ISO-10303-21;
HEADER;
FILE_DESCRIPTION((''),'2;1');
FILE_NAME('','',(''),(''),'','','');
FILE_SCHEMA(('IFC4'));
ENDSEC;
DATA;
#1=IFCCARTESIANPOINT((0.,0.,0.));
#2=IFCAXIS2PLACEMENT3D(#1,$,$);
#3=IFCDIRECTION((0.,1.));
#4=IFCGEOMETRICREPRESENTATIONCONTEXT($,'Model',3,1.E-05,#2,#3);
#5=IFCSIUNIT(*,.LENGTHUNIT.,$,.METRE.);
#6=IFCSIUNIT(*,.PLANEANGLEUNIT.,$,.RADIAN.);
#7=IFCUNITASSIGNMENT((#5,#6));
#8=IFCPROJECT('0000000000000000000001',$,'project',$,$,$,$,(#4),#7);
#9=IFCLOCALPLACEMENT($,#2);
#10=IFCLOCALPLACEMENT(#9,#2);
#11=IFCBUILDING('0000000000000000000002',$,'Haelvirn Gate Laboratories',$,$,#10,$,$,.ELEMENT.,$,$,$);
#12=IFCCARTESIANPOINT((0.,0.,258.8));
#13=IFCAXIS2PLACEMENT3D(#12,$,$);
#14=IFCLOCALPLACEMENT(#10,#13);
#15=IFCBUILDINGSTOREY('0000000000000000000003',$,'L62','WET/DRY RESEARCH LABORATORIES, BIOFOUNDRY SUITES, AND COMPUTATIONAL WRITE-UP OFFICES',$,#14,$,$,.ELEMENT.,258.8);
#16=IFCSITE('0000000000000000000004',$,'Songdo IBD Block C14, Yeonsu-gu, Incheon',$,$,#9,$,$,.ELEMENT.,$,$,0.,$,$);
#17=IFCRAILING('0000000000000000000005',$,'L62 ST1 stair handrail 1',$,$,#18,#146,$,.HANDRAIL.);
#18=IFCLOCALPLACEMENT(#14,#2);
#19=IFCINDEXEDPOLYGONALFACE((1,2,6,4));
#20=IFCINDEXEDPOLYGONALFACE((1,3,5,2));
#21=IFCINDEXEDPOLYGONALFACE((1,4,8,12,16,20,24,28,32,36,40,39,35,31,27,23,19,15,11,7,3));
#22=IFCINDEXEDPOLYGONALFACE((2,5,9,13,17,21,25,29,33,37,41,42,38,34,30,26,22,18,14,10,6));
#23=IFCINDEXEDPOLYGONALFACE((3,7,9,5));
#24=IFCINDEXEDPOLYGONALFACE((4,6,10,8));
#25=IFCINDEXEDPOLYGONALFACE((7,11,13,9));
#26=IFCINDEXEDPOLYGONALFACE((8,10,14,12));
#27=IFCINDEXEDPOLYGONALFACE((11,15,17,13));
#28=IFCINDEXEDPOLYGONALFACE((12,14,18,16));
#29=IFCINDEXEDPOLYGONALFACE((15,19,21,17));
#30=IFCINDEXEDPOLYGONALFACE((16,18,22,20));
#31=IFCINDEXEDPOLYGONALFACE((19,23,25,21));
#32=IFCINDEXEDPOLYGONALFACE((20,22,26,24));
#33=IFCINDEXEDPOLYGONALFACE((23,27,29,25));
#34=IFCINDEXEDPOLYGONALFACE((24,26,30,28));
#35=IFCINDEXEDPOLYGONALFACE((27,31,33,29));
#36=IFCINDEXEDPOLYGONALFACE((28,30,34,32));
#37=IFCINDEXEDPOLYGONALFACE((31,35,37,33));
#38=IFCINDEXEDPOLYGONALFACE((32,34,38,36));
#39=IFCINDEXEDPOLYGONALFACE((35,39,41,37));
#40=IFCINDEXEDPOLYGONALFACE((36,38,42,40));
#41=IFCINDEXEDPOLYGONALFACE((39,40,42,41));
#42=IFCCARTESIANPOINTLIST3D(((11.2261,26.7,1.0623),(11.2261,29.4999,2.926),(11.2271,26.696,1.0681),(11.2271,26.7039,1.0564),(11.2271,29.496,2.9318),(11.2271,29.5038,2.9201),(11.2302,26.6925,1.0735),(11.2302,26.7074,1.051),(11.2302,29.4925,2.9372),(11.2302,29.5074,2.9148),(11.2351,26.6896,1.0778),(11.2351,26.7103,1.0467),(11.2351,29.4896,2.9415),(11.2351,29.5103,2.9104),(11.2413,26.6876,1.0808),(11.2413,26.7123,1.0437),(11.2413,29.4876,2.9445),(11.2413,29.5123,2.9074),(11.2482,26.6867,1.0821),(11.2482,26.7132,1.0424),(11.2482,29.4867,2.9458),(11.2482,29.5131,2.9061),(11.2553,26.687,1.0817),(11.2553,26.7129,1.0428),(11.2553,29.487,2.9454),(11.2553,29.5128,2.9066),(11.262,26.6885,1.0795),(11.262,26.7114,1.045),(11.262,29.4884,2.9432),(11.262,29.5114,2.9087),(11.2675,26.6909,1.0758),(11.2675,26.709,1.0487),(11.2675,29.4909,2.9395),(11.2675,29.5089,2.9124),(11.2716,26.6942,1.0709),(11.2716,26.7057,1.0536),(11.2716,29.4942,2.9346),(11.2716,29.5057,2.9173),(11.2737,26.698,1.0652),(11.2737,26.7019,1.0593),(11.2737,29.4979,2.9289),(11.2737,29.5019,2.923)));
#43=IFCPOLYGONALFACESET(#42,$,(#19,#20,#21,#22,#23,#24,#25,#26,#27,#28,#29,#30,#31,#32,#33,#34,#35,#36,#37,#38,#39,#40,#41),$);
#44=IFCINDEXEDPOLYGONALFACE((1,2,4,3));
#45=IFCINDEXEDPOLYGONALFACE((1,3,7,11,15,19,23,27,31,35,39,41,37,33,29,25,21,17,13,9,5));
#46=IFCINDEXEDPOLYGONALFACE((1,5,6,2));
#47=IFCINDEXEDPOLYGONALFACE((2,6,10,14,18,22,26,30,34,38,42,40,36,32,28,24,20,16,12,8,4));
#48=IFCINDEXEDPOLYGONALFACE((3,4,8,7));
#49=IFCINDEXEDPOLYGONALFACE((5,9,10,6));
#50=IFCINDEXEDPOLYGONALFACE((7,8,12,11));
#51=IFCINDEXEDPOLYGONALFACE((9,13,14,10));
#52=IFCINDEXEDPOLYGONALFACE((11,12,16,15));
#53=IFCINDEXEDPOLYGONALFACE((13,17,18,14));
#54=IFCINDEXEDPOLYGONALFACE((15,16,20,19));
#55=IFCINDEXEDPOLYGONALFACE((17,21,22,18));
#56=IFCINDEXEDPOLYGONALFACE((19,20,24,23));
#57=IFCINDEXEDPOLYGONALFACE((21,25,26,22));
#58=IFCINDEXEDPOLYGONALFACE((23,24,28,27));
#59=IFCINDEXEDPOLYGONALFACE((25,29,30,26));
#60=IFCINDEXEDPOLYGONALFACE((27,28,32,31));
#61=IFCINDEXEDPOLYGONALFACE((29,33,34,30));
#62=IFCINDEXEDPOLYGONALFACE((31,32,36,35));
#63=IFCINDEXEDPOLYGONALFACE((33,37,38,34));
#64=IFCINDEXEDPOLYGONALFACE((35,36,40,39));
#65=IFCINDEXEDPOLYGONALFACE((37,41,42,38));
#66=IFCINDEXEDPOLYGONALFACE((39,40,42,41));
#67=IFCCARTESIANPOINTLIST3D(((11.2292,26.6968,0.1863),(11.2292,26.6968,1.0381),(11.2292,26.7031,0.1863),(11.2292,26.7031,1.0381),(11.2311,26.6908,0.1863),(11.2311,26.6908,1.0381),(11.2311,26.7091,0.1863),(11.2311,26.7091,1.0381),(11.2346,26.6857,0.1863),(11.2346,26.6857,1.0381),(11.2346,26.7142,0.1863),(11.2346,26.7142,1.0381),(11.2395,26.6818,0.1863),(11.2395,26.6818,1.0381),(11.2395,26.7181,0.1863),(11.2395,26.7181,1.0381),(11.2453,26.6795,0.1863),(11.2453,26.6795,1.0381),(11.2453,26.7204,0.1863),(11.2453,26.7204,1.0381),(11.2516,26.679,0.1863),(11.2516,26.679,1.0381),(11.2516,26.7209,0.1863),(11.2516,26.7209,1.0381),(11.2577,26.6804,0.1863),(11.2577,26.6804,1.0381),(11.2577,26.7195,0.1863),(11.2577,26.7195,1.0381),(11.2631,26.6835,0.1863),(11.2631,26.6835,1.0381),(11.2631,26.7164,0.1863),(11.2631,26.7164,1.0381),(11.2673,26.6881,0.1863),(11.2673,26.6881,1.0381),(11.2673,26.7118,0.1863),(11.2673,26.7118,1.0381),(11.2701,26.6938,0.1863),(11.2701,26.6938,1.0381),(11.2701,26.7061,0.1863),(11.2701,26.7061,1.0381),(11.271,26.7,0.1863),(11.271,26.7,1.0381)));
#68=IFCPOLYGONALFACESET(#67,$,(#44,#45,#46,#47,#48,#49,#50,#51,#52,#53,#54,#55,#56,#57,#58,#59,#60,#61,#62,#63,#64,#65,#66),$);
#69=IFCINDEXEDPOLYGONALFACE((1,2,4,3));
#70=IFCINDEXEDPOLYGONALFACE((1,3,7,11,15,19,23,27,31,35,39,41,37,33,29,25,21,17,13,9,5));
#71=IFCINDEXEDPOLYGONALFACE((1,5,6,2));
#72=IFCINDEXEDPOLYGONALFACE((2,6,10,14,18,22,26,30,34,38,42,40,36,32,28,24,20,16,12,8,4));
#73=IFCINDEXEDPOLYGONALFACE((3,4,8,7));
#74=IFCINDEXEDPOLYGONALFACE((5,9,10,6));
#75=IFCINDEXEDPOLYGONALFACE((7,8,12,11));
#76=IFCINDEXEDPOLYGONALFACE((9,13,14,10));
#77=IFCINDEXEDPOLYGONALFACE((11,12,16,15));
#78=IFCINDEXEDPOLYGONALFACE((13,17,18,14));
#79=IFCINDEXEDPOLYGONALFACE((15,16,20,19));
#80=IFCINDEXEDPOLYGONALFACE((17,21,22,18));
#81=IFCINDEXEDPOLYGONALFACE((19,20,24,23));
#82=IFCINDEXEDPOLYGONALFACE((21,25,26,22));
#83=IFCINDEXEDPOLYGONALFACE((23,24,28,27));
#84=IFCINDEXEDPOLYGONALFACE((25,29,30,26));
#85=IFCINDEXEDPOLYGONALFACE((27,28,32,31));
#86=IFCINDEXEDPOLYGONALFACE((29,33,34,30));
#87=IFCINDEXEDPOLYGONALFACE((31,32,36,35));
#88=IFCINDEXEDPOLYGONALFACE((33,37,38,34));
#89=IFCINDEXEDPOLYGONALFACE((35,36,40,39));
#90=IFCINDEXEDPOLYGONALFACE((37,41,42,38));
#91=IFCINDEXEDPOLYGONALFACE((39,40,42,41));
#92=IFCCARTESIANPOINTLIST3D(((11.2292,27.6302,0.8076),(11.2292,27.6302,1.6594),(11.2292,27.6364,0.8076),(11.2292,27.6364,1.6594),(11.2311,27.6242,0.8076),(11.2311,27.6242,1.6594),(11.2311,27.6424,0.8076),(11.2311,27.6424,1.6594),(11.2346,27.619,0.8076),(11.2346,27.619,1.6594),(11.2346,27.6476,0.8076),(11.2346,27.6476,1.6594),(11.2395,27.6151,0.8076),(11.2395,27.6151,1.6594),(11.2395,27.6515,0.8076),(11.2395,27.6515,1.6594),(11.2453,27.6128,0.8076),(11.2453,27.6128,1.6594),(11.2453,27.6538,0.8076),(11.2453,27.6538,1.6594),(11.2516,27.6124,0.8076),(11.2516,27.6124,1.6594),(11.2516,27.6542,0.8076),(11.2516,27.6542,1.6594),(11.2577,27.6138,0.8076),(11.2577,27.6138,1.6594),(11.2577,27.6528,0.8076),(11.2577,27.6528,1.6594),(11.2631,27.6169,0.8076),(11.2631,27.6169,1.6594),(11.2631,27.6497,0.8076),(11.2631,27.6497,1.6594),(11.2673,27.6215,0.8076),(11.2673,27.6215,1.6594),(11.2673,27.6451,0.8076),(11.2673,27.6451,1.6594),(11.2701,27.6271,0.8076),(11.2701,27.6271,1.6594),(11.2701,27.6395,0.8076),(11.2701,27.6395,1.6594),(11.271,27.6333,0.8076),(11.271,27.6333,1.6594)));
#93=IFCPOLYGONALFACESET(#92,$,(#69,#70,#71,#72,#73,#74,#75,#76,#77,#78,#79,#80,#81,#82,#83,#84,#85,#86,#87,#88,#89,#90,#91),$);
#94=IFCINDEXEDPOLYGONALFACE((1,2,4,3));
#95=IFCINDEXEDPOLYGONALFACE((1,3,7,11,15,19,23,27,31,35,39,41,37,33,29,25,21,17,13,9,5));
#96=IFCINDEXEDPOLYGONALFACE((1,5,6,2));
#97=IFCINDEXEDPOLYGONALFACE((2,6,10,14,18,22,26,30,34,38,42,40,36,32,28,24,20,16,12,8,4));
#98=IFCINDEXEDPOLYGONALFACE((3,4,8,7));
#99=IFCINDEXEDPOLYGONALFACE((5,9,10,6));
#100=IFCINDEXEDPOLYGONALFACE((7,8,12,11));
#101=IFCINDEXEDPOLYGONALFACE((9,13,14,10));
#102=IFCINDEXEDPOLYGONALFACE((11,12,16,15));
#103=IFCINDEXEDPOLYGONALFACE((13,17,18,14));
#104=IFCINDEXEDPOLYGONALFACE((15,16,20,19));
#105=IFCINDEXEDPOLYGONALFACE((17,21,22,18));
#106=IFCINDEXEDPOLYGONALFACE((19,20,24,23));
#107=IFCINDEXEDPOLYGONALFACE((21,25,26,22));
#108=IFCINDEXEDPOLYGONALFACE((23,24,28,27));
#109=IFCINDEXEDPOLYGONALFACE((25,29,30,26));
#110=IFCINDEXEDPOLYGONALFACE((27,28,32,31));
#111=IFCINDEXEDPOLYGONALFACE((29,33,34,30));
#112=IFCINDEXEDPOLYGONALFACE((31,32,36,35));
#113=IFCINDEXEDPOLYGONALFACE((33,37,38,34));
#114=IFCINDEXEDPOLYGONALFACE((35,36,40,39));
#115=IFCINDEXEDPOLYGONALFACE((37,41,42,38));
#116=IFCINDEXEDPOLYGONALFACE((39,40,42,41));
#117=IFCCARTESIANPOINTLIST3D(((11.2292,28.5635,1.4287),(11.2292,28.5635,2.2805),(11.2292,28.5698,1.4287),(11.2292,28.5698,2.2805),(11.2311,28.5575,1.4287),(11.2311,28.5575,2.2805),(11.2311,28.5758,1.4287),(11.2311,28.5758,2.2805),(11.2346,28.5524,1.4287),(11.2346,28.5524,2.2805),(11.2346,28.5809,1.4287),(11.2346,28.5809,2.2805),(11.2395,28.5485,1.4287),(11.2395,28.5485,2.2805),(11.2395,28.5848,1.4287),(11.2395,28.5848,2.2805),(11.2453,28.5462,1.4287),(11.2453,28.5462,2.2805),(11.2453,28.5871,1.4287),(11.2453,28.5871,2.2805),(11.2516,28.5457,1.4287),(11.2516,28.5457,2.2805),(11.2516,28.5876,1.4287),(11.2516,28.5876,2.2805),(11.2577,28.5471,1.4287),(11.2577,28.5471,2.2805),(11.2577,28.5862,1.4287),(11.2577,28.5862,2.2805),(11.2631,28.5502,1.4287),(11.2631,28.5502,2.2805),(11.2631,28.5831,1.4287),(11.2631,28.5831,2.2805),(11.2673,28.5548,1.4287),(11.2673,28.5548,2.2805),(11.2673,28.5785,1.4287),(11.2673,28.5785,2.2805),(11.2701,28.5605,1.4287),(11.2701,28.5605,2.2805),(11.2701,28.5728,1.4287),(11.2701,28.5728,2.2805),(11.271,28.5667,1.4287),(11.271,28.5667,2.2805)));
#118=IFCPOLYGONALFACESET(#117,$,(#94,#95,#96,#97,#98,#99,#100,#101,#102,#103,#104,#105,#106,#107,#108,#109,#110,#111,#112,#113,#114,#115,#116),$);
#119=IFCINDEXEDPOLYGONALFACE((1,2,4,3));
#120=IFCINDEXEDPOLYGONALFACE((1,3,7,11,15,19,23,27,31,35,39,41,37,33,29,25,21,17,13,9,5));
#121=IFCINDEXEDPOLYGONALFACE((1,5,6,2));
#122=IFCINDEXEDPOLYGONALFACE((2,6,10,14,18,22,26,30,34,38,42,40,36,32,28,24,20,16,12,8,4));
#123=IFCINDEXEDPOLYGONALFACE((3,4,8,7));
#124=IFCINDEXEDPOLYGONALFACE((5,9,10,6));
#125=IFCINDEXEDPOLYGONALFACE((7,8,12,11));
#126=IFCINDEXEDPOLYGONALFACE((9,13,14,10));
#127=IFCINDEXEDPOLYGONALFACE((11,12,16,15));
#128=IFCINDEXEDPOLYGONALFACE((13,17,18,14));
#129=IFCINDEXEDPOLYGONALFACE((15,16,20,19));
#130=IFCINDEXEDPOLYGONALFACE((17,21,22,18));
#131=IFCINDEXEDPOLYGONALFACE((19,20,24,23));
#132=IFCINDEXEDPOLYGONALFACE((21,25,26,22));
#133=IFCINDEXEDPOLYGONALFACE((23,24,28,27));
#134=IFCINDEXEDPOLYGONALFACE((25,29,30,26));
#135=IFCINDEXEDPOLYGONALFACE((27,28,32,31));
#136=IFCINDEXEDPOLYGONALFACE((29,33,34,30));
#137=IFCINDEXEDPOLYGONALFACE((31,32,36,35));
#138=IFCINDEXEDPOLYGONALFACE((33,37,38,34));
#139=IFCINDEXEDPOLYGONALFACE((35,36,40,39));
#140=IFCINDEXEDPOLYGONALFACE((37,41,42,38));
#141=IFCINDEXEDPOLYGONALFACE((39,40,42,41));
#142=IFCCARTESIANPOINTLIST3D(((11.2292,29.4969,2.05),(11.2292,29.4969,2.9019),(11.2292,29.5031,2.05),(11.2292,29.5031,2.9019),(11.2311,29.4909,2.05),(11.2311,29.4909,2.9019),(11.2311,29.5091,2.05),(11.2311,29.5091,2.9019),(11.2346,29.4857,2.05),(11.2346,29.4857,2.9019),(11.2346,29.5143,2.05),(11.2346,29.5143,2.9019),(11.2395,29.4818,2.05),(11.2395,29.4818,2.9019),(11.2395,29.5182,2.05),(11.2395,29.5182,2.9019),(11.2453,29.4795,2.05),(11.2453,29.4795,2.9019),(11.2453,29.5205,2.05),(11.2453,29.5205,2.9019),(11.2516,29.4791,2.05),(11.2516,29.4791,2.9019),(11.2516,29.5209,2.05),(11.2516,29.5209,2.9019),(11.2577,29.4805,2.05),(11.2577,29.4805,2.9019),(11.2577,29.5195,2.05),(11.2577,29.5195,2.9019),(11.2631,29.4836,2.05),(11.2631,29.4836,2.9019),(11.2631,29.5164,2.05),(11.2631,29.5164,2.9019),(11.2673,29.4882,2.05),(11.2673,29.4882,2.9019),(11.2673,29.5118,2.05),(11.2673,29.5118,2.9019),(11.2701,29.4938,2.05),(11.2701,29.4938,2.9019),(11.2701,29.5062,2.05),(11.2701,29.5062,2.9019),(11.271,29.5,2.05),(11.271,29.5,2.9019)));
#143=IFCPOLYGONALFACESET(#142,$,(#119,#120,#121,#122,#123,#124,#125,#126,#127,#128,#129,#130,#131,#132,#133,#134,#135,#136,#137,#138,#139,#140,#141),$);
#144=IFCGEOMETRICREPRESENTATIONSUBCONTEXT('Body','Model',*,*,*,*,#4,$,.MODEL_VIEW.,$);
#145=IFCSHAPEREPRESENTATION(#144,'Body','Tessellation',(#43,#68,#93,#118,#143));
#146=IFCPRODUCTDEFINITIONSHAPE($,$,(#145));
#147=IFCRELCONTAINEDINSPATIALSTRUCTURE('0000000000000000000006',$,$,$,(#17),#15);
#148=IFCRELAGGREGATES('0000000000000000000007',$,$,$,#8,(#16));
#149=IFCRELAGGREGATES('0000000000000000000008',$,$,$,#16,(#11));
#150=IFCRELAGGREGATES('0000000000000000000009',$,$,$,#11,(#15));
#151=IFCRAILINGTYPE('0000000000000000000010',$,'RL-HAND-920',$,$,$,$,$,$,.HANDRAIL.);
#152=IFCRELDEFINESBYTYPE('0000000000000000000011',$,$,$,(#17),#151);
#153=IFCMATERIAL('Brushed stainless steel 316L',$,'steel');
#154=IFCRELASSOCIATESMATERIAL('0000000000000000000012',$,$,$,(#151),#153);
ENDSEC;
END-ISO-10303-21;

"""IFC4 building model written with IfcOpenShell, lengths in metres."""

from ifc_helpers import new_model, si_unit, direction, frame, origin, origin_2d, place, context, subcontext, project, spatial, circle, extrude, source, transform, mapped, material, type_object, element, save


model = new_model("IFC4")

# Units and contexts
model_context = context("Model", 3, precision=1e-05, world=origin(), true_north=direction((0.0, 1.0)))
body_context = subcontext(model_context, "Body", "Model", "MODEL_VIEW")
ifc_project = project(units=[si_unit("LENGTHUNIT", "METRE"), si_unit("PLANEANGLEUNIT", "RADIAN")], contexts=[model_context])

# Site, building, storey
site_placement = place(None, origin())
site = spatial("IfcSite", under=ifc_project, at=site_placement, Name="Songdo IBD Block C14, Yeonsu-gu, Incheon", CompositionType="ELEMENT", RefElevation=0.0)
building_placement = place(site_placement, origin())
building = spatial("IfcBuilding", under=site, at=building_placement, Name="Haelvirn Gate Laboratories", CompositionType="ELEMENT")
storey_placement = place(building_placement, frame((0.0, 0.0, 258.8)))
storey = spatial("IfcBuildingStorey", under=building, at=storey_placement, Name="L62", Description="WET/DRY RESEARCH LABORATORIES, BIOFOUNDRY SUITES, AND COMPUTATIONAL WRITE-UP OFFICES", CompositionType="ELEMENT", Elevation=258.8)

# Railing
ifc_material_1 = material(Name="Brushed stainless steel 316L", Category="steel")
railing_type_1 = type_object("IfcRailingType", Name="RL-HAND-920", PredefinedType="HANDRAIL", material=ifc_material_1)
shared_shape_1 = source(origin(), body_context, "Body", "SweptSolid", [
    extrude(circle(Radius=0.0239, at=origin_2d()), frame((0.0, 0.0, 0.876), z_axis=(0.0, 0.832452, 0.554097), x_axis=(-1.0, 0.0, 0.0)), (0.0, 0.0, 1.0), 3.3635),
    extrude(circle(Radius=0.021, at=origin_2d()), origin(), (0.0, 0.0, 1.0), 0.8518),
    extrude(circle(Radius=0.021, at=origin_2d()), frame((0.0, 0.9333, 0.6213)), (0.0, 0.0, 1.0), 0.8518),
    extrude(circle(Radius=0.021, at=origin_2d()), frame((0.0, 1.8667, 1.2424)), (0.0, 0.0, 1.0), 0.8518),
    extrude(circle(Radius=0.021, at=origin_2d()), frame((0.0, 2.8, 1.8638)), (0.0, 0.0, 1.0), 0.8518),
])
railing_1_placement = place(storey_placement, frame((11.25, 26.7, 0.1863)))
element("IfcRailing", 1, at=railing_1_placement, inside=storey, type_object=railing_type_1, Name="L62 ST1 stair handrail 1", PredefinedType="HANDRAIL", context=body_context, shape_type="MappedRepresentation", body=[
    mapped(shared_shape_1, transform((0.0, 0.0, 0.0), scale=1.0)),
])

save(model, "model.ifc")
